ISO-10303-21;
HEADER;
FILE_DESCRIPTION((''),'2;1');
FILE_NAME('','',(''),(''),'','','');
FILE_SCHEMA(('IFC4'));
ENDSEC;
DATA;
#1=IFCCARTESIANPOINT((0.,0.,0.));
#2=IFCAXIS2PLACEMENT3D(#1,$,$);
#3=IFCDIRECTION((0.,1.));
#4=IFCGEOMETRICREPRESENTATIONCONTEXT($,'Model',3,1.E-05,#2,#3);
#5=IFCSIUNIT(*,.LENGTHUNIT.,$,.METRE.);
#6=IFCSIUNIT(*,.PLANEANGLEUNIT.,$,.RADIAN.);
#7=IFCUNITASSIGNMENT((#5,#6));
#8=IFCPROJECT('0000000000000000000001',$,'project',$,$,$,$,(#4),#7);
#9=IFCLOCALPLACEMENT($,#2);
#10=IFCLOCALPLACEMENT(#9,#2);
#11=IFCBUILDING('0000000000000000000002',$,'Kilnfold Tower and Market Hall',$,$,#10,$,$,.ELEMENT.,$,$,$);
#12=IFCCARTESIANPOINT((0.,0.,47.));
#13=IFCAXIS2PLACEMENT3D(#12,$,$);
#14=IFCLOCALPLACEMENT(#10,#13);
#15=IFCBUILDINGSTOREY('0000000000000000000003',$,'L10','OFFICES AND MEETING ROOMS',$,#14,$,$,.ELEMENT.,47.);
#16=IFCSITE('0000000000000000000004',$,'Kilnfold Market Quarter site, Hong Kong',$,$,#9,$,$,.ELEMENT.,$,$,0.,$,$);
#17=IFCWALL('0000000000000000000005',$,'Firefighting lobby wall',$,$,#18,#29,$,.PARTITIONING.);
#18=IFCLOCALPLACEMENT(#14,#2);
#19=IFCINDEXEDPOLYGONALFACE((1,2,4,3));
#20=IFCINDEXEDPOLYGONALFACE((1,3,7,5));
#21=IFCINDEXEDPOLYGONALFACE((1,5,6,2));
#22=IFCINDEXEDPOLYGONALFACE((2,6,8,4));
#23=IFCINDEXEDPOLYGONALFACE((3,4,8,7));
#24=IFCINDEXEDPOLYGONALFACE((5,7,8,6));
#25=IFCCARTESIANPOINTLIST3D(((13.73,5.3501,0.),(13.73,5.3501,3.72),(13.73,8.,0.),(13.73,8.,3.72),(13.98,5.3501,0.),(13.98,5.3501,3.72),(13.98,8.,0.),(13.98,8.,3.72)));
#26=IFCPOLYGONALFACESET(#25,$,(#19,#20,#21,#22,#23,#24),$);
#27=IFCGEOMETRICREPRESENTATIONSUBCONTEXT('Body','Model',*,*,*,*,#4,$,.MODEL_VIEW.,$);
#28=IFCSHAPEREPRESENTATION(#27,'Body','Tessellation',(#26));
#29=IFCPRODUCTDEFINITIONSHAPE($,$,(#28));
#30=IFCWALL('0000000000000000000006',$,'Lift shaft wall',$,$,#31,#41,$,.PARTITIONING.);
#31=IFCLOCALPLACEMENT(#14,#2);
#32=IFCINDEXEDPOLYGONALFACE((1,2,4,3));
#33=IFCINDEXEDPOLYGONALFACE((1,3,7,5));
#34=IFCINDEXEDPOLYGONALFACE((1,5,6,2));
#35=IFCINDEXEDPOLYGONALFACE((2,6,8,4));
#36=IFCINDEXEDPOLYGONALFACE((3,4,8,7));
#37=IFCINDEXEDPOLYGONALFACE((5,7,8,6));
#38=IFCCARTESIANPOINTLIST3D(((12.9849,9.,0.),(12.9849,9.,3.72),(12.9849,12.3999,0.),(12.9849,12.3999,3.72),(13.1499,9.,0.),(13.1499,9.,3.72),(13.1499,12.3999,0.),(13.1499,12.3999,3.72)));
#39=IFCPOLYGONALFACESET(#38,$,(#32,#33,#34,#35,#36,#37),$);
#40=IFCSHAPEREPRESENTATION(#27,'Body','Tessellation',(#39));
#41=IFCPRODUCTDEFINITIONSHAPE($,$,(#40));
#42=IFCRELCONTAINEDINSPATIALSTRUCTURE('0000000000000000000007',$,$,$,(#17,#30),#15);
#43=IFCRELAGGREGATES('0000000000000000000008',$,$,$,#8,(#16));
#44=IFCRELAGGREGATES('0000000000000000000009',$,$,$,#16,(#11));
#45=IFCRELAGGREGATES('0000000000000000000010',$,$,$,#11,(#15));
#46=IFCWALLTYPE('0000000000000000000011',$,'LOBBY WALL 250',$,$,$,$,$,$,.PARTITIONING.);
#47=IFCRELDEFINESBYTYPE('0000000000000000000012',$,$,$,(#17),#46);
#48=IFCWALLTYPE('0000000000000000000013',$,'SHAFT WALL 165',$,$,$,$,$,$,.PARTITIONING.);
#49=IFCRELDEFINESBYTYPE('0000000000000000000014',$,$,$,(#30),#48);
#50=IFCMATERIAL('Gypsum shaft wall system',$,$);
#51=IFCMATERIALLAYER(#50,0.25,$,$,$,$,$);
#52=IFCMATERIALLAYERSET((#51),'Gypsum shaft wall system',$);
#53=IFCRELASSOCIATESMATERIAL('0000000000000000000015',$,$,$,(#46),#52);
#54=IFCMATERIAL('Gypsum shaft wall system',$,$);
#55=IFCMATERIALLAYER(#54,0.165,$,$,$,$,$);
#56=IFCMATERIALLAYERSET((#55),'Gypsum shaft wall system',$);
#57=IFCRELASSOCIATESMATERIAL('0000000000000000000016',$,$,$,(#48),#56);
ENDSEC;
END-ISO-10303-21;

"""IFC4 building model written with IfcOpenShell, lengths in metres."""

from ifc_helpers import new_model, si_unit, direction, frame, frame_2d, origin, place, context, subcontext, project, spatial, rectangle, extrude, source, transform, mapped, material, layer, layer_set, type_object, element, save


model = new_model("IFC4")

# Units and contexts
model_context = context("Model", 3, precision=1e-05, world=origin(), true_north=direction((0.0, 1.0)))
body_context = subcontext(model_context, "Body", "Model", "MODEL_VIEW")
ifc_project = project(units=[si_unit("LENGTHUNIT", "METRE"), si_unit("PLANEANGLEUNIT", "RADIAN")], contexts=[model_context])

# Site, building, storey
site_placement = place(None, origin())
site = spatial("IfcSite", under=ifc_project, at=site_placement, Name="Kilnfold Market Quarter site, Hong Kong", CompositionType="ELEMENT", RefElevation=0.0)
building_placement = place(site_placement, origin())
building = spatial("IfcBuilding", under=site, at=building_placement, Name="Kilnfold Tower and Market Hall", CompositionType="ELEMENT")
storey_placement = place(building_placement, frame((0.0, 0.0, 47.0)))
storey = spatial("IfcBuildingStorey", under=building, at=storey_placement, Name="L10", Description="OFFICES AND MEETING ROOMS", CompositionType="ELEMENT", Elevation=47.0)

# Walls
ifc_material_1 = material(Name="Gypsum shaft wall system")
ifc_layer_1 = layer(ifc_material_1, 0.25)
ifc_layer_set_1 = layer_set([ifc_layer_1], Name="Gypsum shaft wall system")
wall_type_1 = type_object("IfcWallType", Name="LOBBY WALL 250", PredefinedType="PARTITIONING", material=ifc_layer_set_1)
shared_shape_1 = source(origin(), body_context, "Body", "SweptSolid", [
    extrude(rectangle(XDim=2.6499, YDim=0.25, at=frame_2d((1.325, 0.0))), origin(), (0.0, 0.0, 1.0), 3.72),
])
wall_1_placement = place(storey_placement, frame((13.855, 5.3501, 0.0), z_axis=(0.0, 0.0, 1.0), x_axis=(0.0, 1.0, 0.0)))
element("IfcWall", 1, at=wall_1_placement, inside=storey, type_object=wall_type_1, Name="Firefighting lobby wall", PredefinedType="PARTITIONING", context=body_context, shape_type="MappedRepresentation", body=[
    mapped(shared_shape_1, transform((0.0, 0.0, 0.0))),
])
ifc_material_2 = material(Name="Gypsum shaft wall system")
ifc_layer_2 = layer(ifc_material_2, 0.165)
ifc_layer_set_2 = layer_set([ifc_layer_2], Name="Gypsum shaft wall system")
wall_type_2 = type_object("IfcWallType", Name="SHAFT WALL 165", PredefinedType="PARTITIONING", material=ifc_layer_set_2)
shared_shape_2 = source(origin(), body_context, "Body", "SweptSolid", [
    extrude(rectangle(XDim=3.3999, YDim=0.165, at=frame_2d((1.7, 0.0))), origin(), (0.0, 0.0, 1.0), 3.72),
])
wall_2_placement = place(storey_placement, frame((13.0674, 9.0, 0.0), z_axis=(0.0, 0.0, 1.0), x_axis=(0.0, 1.0, 0.0)))
element("IfcWall", 2, at=wall_2_placement, inside=storey, type_object=wall_type_2, Name="Lift shaft wall", PredefinedType="PARTITIONING", context=body_context, shape_type="MappedRepresentation", body=[
    mapped(shared_shape_2, transform((0.0, 0.0, 0.0))),
])

save(model, "model.ifc")
